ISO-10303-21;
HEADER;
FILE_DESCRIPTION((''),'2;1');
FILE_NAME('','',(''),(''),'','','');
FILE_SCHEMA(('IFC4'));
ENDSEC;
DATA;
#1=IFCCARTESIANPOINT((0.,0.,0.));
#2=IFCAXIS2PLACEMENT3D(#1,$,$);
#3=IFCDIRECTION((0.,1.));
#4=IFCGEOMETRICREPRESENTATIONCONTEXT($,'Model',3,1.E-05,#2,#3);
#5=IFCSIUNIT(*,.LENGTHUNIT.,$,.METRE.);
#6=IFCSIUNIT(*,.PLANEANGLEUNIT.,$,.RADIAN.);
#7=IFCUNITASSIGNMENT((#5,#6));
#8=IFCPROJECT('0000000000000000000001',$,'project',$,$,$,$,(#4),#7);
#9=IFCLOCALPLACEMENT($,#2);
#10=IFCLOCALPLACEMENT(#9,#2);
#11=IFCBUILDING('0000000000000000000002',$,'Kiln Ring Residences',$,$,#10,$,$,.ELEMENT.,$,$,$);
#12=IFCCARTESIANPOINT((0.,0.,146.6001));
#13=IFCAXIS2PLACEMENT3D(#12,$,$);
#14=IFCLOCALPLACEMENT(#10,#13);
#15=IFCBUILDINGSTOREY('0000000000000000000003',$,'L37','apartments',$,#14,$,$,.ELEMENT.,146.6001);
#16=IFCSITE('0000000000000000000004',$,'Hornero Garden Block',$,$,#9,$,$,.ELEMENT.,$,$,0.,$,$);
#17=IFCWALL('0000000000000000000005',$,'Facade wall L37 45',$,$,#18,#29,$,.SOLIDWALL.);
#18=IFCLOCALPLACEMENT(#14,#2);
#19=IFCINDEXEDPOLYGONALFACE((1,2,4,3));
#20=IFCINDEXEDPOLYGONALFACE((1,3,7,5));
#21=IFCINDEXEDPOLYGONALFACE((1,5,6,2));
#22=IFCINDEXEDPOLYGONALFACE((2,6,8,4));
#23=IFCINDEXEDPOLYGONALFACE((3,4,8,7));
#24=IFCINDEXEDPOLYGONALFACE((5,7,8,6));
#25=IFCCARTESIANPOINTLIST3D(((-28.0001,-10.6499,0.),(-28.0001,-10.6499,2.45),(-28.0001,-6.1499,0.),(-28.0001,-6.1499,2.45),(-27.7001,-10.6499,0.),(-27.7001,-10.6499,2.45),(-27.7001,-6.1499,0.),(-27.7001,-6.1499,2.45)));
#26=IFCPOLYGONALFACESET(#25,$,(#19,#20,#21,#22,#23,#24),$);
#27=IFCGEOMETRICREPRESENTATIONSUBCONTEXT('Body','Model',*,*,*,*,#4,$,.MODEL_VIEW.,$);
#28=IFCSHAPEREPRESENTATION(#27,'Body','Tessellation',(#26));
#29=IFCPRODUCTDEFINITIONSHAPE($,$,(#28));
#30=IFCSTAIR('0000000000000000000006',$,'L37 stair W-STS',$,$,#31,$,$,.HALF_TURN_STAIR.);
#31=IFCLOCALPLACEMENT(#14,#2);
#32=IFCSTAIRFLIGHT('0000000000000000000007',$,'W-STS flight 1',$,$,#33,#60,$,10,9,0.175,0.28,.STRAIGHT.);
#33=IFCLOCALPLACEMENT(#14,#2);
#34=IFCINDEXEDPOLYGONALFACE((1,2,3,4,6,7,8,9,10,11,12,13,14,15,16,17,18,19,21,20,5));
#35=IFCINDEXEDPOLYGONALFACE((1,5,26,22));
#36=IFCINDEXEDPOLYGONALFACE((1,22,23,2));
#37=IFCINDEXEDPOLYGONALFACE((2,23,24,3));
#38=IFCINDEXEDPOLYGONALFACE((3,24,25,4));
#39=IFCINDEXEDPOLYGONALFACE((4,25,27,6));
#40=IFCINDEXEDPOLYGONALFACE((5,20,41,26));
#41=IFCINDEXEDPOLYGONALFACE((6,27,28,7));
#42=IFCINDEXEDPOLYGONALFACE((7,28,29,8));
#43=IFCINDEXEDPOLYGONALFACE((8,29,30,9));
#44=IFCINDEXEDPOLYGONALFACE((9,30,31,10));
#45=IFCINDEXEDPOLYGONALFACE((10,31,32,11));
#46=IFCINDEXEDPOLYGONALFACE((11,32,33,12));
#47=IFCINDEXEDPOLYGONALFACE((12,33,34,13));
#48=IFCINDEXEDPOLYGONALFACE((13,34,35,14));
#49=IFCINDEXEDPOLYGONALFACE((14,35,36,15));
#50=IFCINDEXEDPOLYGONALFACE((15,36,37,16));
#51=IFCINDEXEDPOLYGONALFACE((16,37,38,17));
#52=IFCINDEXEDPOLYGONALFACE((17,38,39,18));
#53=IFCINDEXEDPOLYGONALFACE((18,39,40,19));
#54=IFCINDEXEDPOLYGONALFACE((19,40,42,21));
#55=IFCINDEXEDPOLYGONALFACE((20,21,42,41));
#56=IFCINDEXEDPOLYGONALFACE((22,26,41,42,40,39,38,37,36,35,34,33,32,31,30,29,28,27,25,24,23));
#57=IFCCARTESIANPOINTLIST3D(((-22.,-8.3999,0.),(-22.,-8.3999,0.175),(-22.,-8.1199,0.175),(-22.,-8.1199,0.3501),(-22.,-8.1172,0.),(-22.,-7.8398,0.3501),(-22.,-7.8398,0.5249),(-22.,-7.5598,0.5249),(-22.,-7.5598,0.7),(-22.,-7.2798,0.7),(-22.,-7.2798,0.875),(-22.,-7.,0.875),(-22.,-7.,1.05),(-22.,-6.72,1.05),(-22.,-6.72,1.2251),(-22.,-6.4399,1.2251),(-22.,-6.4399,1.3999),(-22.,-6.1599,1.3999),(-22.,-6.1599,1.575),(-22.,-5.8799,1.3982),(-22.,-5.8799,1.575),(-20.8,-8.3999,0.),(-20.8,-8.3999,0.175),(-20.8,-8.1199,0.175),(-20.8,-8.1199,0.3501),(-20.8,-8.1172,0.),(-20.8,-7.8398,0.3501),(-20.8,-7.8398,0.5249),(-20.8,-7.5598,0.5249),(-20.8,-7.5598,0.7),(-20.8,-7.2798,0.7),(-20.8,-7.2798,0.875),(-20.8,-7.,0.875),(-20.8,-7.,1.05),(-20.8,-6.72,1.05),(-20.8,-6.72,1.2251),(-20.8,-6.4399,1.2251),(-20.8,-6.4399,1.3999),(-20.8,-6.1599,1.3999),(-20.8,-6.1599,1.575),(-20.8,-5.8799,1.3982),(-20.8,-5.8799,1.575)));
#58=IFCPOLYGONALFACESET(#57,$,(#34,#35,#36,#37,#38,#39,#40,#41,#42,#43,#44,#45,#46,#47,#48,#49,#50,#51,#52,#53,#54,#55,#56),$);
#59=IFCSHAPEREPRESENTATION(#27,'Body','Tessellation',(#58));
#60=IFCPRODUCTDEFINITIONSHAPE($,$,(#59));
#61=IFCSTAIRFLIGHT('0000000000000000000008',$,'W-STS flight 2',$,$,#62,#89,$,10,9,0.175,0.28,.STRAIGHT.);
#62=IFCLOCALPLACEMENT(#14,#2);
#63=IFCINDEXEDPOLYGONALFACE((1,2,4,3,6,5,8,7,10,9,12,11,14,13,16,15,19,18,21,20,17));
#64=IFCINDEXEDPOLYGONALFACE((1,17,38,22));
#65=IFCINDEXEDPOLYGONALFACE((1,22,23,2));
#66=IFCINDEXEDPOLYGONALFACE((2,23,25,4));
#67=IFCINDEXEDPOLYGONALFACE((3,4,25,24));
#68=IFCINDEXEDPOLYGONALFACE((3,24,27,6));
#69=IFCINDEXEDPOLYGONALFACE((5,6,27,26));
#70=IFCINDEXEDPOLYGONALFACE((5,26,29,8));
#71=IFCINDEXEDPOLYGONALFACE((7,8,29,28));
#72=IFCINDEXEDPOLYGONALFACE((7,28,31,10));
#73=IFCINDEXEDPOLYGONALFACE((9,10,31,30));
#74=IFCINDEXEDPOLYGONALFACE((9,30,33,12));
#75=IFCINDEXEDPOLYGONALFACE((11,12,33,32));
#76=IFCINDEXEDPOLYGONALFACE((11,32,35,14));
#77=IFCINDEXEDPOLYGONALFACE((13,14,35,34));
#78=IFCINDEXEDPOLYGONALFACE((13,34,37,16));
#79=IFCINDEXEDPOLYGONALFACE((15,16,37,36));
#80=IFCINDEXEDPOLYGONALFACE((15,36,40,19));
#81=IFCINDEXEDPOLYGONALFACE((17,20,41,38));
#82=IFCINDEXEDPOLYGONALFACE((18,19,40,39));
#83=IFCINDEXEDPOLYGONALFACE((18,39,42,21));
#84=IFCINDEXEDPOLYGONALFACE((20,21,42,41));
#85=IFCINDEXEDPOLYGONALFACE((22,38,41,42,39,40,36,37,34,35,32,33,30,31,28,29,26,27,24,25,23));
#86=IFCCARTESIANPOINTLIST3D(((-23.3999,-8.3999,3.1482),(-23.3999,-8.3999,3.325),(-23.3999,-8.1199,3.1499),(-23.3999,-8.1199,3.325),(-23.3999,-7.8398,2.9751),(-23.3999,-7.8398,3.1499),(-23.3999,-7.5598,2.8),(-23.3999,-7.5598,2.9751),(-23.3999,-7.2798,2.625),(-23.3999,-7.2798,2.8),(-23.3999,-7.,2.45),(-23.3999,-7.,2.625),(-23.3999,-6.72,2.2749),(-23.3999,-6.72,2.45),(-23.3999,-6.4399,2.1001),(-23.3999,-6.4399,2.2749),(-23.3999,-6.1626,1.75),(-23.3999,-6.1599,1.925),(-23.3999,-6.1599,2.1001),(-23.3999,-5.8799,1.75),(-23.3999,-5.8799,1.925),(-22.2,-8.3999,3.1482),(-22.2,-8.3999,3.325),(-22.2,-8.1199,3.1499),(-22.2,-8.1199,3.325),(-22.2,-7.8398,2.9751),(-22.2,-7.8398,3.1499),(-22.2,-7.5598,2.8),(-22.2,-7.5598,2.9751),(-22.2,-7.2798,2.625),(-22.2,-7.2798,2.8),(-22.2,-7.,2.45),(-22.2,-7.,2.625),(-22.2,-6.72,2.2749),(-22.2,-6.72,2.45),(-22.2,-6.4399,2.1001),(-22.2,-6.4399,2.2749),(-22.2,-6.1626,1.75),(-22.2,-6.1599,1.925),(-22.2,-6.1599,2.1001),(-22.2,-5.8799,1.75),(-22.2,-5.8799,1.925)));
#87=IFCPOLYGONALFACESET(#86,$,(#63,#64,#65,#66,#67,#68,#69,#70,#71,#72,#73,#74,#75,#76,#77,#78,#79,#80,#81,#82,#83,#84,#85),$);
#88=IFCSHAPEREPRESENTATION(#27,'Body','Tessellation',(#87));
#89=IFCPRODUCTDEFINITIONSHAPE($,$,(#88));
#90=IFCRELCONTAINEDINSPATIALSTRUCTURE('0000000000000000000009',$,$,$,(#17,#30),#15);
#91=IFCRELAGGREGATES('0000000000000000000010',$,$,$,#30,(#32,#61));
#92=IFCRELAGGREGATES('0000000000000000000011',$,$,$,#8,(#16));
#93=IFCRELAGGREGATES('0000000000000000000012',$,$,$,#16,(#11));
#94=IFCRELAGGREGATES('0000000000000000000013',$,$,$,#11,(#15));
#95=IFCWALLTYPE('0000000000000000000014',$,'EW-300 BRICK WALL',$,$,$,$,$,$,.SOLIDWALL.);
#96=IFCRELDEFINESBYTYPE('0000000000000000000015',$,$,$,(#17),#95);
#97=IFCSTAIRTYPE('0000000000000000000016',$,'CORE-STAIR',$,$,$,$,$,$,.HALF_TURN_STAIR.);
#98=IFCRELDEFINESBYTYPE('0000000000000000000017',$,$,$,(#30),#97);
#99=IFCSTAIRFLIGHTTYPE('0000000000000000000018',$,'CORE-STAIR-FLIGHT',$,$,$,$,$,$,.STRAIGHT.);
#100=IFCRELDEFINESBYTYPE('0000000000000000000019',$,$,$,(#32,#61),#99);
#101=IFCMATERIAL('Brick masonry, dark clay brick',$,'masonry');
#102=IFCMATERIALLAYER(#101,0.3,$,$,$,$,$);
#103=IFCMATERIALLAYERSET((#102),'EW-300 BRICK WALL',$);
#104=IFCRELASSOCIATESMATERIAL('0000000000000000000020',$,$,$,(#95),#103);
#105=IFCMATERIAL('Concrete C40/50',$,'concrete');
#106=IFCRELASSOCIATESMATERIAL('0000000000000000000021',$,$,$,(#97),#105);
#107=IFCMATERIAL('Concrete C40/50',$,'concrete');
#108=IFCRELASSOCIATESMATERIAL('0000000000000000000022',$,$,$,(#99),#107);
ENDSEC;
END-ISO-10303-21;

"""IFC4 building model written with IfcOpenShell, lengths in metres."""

from ifc_helpers import new_model, si_unit, direction, frame, frame_2d, origin, place, context, subcontext, project, spatial, polyline, rectangle, outline, extrude, material, layer, layer_set, type_object, element, aggregate, save


model = new_model("IFC4")

# Units and contexts
model_context = context("Model", 3, precision=1e-05, world=origin(), true_north=direction((0.0, 1.0)))
body_context = subcontext(model_context, "Body", "Model", "MODEL_VIEW")
ifc_project = project(units=[si_unit("LENGTHUNIT", "METRE"), si_unit("PLANEANGLEUNIT", "RADIAN")], contexts=[model_context])

# Site, building, storey
site_placement = place(None, origin())
site = spatial("IfcSite", under=ifc_project, at=site_placement, Name="Hornero Garden Block", CompositionType="ELEMENT", RefElevation=0.0)
building_placement = place(site_placement, origin())
building = spatial("IfcBuilding", under=site, at=building_placement, Name="Kiln Ring Residences", CompositionType="ELEMENT")
storey_placement = place(building_placement, frame((0.0, 0.0, 146.6001)))
storey = spatial("IfcBuildingStorey", under=building, at=storey_placement, Name="L37", Description="apartments", CompositionType="ELEMENT", Elevation=146.6001)

# Wall
ifc_material_1 = material(Name="Brick masonry, dark clay brick", Category="masonry")
ifc_layer_1 = layer(ifc_material_1, 0.3)
ifc_layer_set_1 = layer_set([ifc_layer_1], Name="EW-300 BRICK WALL")
wall_type_1 = type_object("IfcWallType", Name="EW-300 BRICK WALL", PredefinedType="SOLIDWALL", material=ifc_layer_set_1)
for number, where, z_axis, x_axis, name in (
    (1, (-27.8501, -6.1499, 0.0), (0.0, 0.0, 1.0), (0.0, -1.0, 0.0), "Facade wall L37 45"),
):
    element("IfcWall", number, at=place(storey_placement, frame(where, z_axis=z_axis, x_axis=x_axis)), inside=storey, type_object=wall_type_1, Name=name, PredefinedType="SOLIDWALL", context=body_context, shape_type="SweptSolid", body=[
        extrude(rectangle(XDim=4.5, YDim=0.3, at=frame_2d((2.25, 0.0))), origin(), (0.0, 0.0, 1.0), 2.45),
    ])

# Stair, stair flights
ifc_material_2 = material(Name="Concrete C40/50", Category="concrete")
stair_type = type_object("IfcStairType", Name="CORE-STAIR", PredefinedType="HALF_TURN_STAIR", material=ifc_material_2)
stair_placement = place(storey_placement, origin())
stair = element("IfcStair", 2, at=stair_placement, inside=storey, type_object=stair_type, Name="L37 stair W-STS", PredefinedType="HALF_TURN_STAIR")
ifc_material_3 = material(Name="Concrete C40/50", Category="concrete")
stair_flight_type = type_object("IfcStairFlightType", Name="CORE-STAIR-FLIGHT", PredefinedType="STRAIGHT", material=ifc_material_3)
stair_flight_1_placement = place(storey_placement, frame((-21.3999, -8.3999, 0.0), z_axis=(0.0, 0.0, 1.0), x_axis=(0.0, 1.0, 0.0)))
stair_flight_1 = element("IfcStairFlight", 3, at=stair_flight_1_placement, type_object=stair_flight_type, Name="W-STS flight 1", NumberOfRisers=10, NumberOfTreads=9, PredefinedType="STRAIGHT", RiserHeight=0.175, TreadLength=0.28, context=body_context, shape_type="SweptSolid", body=[
    extrude(outline(polyline([(0.0, 0.0), (0.0, 0.175), (0.28, 0.175), (0.28, 0.3501), (0.5601, 0.3501), (0.5601, 0.5249), (0.8401, 0.5249), (0.8401, 0.7), (1.1201, 0.7), (1.1201, 0.875), (1.3999, 0.875), (1.3999, 1.05), (1.6799, 1.05), (1.6799, 1.2251), (1.96, 1.2251), (1.96, 1.3999), (2.24, 1.3999), (2.24, 1.575), (2.52, 1.575), (2.52, 1.75), (2.52, 1.3982), (0.2827, 0.0), (0.0, 0.0)])), frame((0.0, 0.6001, 0.0), z_axis=(0.0, -1.0, 0.0), x_axis=(1.0, 0.0, 0.0)), (0.0, 0.0, 1.0), 1.2),
])
stair_flight_2_placement = place(storey_placement, frame((-22.8, -5.8799, 1.75), z_axis=(0.0, 0.0, 1.0), x_axis=(0.0, -1.0, 0.0)))
stair_flight_2 = element("IfcStairFlight", 4, at=stair_flight_2_placement, type_object=stair_flight_type, Name="W-STS flight 2", NumberOfRisers=10, NumberOfTreads=9, PredefinedType="STRAIGHT", RiserHeight=0.175, TreadLength=0.28, context=body_context, shape_type="SweptSolid", body=[
    extrude(outline(polyline([(0.0, 0.0), (0.0, 0.175), (0.28, 0.175), (0.28, 0.3501), (0.5601, 0.3501), (0.5601, 0.5249), (0.8401, 0.5249), (0.8401, 0.7), (1.1201, 0.7), (1.1201, 0.875), (1.3999, 0.875), (1.3999, 1.05), (1.6799, 1.05), (1.6799, 1.2251), (1.96, 1.2251), (1.96, 1.3999), (2.24, 1.3999), (2.24, 1.575), (2.52, 1.575), (2.52, 1.75), (2.52, 1.3982), (0.2827, 0.0), (0.0, 0.0)])), frame((0.0, 0.6001, 0.0), z_axis=(0.0, -1.0, 0.0), x_axis=(1.0, 0.0, 0.0)), (0.0, 0.0, 1.0), 1.2),
])
aggregate(stair, [stair_flight_1, stair_flight_2])

save(model, "model.ifc")
